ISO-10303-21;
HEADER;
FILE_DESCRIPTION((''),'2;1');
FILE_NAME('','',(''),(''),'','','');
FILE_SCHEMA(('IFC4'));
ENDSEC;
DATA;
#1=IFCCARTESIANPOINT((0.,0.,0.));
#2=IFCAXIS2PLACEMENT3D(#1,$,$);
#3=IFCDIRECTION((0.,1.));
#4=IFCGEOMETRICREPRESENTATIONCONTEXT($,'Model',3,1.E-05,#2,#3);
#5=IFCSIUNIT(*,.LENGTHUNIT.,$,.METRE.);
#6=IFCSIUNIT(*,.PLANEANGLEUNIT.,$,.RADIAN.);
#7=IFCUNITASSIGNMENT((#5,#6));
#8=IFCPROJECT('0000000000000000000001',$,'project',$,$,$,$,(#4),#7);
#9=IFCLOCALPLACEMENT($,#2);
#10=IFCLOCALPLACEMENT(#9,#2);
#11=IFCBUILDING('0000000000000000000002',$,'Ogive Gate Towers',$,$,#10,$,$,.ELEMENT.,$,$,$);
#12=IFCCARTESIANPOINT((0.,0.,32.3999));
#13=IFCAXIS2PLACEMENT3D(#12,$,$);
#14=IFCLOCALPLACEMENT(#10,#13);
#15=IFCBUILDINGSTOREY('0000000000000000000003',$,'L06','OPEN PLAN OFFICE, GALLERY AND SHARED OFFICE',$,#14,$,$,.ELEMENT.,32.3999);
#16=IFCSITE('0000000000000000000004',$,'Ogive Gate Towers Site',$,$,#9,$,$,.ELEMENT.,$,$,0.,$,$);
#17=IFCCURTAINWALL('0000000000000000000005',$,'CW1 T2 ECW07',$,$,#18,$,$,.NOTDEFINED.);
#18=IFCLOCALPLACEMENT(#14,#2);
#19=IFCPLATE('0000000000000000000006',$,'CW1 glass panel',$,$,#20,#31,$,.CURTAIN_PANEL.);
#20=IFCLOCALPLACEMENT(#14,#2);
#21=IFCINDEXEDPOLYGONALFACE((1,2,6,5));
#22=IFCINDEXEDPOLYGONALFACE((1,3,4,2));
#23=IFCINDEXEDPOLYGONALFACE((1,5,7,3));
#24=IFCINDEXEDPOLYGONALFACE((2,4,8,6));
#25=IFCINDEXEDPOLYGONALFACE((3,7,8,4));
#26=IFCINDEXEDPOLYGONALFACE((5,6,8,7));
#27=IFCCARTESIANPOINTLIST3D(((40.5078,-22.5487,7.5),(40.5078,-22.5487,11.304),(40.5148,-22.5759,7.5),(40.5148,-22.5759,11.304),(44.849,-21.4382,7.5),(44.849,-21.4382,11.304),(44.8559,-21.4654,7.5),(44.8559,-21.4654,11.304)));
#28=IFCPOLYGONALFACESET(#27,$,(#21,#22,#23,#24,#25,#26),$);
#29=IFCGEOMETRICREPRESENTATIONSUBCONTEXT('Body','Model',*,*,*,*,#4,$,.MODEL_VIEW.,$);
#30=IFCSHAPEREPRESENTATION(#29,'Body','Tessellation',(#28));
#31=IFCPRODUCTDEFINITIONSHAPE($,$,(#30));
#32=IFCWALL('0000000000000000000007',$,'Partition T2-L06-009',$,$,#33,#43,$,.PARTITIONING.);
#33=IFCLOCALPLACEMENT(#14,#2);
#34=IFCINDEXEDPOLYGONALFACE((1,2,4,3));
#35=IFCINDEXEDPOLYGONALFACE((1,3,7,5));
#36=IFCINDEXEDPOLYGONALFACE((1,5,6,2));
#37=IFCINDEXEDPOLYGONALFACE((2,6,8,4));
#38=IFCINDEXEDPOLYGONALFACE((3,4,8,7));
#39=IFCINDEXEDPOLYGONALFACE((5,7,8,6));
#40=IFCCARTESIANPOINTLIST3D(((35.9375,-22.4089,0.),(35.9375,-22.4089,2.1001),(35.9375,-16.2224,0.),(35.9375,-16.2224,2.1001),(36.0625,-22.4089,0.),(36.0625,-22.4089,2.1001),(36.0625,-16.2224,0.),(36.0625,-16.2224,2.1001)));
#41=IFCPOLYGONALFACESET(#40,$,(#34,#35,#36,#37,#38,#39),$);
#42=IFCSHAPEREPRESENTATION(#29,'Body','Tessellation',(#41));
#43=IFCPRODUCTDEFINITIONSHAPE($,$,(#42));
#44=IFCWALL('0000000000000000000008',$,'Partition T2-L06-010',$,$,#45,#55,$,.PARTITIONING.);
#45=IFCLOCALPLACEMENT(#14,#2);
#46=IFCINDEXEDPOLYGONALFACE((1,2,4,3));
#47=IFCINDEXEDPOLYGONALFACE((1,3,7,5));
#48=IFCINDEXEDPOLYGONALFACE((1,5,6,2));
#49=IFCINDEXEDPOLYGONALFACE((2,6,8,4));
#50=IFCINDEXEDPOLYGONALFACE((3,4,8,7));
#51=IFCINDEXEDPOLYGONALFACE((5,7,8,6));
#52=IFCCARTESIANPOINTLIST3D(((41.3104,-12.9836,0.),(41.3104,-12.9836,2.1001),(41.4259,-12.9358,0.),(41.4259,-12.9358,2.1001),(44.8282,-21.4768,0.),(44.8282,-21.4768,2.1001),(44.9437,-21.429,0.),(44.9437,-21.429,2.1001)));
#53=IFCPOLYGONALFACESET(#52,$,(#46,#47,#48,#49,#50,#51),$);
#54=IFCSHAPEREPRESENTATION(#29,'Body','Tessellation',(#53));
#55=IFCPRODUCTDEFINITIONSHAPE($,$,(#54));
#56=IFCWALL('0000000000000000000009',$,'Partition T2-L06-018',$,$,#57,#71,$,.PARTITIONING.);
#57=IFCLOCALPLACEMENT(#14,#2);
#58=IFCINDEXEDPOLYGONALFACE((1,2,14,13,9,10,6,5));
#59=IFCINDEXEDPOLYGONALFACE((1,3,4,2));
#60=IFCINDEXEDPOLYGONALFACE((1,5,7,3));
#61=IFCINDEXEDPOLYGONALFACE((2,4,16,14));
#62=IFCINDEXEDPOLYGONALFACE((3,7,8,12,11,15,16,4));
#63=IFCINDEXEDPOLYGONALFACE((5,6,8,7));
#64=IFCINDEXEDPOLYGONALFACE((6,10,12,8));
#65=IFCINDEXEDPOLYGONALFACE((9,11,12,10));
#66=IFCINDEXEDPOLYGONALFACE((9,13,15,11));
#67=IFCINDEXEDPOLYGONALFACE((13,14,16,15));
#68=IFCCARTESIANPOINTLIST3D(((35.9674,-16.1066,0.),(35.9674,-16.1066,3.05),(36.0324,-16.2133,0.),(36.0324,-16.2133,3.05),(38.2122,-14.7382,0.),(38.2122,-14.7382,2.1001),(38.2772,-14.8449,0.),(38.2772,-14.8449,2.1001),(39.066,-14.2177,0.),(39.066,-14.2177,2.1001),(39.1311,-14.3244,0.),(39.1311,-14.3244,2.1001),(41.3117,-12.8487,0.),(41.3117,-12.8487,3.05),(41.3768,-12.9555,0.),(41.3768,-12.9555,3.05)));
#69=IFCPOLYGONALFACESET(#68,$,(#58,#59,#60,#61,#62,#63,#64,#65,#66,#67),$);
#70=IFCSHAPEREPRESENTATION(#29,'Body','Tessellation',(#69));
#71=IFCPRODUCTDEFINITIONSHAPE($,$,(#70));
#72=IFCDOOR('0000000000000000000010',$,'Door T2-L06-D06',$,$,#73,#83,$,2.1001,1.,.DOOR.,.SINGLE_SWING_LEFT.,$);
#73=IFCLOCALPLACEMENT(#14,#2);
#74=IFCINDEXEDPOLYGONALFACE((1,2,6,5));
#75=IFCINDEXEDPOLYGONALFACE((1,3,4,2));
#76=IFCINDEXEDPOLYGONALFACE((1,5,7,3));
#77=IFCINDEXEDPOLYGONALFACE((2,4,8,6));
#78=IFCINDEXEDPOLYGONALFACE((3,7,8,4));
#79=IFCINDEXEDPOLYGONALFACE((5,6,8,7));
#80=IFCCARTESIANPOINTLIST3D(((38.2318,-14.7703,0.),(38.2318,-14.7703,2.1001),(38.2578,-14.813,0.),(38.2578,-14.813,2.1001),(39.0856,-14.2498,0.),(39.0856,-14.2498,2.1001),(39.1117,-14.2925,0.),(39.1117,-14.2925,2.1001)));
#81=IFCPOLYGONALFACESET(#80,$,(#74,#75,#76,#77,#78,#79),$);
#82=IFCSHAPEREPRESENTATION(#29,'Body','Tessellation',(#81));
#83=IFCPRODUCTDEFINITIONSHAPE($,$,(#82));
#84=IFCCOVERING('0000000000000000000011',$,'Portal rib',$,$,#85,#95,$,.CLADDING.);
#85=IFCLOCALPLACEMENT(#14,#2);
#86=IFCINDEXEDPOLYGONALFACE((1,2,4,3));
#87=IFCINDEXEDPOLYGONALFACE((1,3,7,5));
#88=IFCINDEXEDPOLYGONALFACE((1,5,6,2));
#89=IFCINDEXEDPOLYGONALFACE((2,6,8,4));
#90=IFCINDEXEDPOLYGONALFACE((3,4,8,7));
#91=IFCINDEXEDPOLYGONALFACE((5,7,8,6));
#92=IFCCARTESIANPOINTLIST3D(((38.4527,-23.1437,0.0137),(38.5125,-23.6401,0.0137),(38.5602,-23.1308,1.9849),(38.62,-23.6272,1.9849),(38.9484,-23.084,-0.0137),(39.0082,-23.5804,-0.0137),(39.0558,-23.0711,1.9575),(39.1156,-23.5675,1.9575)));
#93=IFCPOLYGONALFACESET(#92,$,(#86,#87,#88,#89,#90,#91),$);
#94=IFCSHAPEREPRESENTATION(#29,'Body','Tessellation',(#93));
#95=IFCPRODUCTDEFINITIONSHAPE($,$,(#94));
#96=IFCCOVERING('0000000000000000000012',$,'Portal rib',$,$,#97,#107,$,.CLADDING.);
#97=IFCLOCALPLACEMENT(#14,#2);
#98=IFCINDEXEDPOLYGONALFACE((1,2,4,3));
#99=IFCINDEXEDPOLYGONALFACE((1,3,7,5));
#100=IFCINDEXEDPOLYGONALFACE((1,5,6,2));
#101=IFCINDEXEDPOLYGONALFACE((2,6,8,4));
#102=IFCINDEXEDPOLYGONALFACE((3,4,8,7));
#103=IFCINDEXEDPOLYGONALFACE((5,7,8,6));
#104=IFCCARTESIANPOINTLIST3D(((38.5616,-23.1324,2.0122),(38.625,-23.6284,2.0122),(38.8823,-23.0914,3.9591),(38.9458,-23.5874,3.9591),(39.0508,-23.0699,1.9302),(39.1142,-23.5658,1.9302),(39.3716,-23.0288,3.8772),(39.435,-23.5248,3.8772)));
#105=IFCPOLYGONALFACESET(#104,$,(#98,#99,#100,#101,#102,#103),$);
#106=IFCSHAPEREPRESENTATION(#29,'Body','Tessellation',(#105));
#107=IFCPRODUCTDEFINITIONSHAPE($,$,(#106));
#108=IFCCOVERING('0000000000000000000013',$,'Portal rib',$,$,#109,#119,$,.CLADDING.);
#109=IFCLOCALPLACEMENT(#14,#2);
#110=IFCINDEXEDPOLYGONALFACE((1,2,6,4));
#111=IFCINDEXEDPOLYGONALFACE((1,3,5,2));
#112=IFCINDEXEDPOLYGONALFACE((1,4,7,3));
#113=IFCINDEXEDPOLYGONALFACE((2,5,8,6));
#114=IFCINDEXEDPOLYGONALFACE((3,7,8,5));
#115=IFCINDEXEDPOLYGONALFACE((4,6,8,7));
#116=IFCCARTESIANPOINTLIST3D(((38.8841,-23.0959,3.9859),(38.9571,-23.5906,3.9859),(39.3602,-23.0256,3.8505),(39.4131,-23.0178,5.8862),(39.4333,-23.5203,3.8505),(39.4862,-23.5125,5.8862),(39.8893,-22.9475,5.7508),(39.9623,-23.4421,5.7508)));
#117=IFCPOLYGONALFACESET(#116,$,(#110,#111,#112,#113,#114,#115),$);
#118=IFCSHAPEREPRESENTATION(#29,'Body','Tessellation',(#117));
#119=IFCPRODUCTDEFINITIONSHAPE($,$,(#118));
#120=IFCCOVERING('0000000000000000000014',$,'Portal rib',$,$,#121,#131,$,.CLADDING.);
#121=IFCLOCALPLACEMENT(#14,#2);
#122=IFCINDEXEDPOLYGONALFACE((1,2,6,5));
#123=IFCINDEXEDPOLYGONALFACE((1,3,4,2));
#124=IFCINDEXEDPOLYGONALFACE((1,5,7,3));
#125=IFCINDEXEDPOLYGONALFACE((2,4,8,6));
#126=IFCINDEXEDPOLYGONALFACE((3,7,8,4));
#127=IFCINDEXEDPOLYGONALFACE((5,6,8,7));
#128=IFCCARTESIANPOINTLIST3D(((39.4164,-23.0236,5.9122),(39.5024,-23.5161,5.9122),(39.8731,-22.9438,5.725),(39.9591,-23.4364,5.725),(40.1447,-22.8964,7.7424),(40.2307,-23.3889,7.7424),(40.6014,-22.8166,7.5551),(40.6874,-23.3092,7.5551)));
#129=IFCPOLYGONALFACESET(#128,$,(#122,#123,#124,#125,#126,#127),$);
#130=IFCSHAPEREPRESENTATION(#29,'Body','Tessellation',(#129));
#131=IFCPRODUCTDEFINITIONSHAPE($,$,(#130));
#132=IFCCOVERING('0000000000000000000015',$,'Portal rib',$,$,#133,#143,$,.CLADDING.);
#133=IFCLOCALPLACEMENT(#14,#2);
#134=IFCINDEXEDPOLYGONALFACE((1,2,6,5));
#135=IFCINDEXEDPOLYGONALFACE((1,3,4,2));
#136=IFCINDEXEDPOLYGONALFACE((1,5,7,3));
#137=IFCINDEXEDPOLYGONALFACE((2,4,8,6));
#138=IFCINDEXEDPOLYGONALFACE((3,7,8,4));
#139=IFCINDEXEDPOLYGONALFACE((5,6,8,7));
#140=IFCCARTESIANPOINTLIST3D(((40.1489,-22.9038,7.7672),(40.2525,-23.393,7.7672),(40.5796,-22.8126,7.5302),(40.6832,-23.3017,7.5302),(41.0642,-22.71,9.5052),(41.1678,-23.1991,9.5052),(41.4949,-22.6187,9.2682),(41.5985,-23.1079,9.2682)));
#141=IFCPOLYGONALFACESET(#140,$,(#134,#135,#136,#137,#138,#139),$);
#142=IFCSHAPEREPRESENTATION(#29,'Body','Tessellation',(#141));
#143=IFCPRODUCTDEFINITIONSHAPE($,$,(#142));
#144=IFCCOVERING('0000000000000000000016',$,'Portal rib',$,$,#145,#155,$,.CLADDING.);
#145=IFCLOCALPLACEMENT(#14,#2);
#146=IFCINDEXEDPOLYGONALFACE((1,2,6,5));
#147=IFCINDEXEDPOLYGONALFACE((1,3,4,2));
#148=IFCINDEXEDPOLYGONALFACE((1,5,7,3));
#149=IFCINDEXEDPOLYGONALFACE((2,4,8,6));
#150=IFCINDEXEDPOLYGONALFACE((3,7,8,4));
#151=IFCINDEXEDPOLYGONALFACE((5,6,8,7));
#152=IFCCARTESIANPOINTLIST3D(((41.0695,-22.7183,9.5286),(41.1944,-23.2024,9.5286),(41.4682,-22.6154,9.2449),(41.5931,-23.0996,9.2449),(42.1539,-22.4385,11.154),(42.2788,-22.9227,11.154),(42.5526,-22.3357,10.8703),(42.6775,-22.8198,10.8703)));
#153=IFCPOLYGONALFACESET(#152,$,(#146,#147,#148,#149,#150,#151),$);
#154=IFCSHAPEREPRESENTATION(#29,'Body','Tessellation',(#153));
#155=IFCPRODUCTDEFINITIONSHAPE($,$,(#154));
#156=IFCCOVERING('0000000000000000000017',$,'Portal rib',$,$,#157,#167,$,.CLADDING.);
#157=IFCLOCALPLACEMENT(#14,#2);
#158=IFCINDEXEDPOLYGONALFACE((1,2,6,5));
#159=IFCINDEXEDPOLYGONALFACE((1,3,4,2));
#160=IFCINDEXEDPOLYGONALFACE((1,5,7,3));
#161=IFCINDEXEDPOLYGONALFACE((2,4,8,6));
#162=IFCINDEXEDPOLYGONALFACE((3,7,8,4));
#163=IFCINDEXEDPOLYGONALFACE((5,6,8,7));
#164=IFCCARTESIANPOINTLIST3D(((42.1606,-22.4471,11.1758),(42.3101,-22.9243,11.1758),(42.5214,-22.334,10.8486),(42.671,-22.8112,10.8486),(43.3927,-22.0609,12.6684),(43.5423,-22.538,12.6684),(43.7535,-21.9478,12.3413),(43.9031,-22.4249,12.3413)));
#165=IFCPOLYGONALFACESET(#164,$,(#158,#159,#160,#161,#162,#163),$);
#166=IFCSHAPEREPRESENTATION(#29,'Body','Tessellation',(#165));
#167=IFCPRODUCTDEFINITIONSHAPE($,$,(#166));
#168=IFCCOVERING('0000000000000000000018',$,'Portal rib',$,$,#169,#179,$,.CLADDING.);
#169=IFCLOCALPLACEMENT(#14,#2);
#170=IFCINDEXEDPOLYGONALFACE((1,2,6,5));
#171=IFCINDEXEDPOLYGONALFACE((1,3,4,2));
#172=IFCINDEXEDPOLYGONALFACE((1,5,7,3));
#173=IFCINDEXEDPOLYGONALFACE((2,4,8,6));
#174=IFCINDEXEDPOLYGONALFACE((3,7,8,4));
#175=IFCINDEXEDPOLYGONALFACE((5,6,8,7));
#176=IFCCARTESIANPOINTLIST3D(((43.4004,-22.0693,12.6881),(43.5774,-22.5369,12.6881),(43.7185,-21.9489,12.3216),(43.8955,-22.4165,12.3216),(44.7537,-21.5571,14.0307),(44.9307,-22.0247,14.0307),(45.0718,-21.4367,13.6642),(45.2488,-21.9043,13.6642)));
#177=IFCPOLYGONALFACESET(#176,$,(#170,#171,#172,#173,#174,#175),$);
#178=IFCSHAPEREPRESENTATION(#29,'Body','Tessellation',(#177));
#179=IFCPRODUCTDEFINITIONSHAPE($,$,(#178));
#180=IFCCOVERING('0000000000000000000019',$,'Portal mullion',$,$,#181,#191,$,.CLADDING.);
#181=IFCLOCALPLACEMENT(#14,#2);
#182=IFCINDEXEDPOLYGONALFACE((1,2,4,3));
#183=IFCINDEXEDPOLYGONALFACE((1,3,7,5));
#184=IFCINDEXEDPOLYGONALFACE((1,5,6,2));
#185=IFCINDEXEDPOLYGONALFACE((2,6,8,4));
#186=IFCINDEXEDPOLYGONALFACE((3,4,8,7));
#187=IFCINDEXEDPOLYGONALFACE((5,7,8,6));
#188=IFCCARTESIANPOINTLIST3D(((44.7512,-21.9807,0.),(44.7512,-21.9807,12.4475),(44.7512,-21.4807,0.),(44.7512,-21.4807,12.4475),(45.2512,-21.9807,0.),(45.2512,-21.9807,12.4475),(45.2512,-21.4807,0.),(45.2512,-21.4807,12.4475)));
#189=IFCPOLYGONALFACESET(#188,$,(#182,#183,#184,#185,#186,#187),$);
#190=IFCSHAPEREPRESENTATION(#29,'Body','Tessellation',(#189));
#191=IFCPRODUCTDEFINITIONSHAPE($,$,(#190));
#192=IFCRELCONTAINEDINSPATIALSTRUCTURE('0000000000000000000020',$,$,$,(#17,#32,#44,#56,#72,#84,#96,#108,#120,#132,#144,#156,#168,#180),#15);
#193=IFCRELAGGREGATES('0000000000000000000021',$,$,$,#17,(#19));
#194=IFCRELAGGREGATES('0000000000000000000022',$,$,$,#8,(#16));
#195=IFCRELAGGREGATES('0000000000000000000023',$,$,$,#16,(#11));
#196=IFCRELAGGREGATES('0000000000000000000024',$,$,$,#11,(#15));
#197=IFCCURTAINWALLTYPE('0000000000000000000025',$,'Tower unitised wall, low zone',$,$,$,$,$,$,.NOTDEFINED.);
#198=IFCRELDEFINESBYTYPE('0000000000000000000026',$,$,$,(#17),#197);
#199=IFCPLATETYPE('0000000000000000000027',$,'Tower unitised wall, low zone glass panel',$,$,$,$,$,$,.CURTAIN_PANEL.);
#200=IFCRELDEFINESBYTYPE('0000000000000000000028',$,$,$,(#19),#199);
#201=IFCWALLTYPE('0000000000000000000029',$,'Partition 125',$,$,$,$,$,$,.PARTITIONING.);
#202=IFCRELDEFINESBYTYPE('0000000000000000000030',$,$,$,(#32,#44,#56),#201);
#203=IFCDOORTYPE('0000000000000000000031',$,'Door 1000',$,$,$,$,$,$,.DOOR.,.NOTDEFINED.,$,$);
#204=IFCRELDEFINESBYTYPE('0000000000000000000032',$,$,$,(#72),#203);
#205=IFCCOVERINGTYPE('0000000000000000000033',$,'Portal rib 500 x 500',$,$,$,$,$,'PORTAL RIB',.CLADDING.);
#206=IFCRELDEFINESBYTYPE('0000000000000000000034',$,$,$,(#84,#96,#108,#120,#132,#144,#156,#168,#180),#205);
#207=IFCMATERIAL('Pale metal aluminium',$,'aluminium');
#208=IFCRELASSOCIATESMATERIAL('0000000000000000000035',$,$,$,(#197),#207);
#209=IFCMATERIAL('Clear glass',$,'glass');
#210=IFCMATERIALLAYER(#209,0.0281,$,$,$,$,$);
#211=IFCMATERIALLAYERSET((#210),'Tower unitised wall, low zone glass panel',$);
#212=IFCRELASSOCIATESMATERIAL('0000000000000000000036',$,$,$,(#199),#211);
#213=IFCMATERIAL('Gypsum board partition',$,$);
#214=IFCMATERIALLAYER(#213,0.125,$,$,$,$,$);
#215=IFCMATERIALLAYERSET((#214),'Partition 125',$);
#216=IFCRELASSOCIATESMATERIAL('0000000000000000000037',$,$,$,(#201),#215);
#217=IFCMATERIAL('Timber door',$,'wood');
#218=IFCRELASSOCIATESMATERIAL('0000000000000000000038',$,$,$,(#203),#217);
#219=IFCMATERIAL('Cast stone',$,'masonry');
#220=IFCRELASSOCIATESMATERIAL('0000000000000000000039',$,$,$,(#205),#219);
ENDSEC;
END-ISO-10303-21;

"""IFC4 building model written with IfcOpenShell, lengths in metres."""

from ifc_helpers import new_model, si_unit, direction, frame, frame_2d, origin, origin_2d, place, context, subcontext, project, spatial, rectangle, extrude, material, layer, layer_set, material_profile, profile_set, type_object, element, fill, aggregate, save


model = new_model("IFC4")

# Units and contexts
model_context = context("Model", 3, precision=1e-05, world=origin(), true_north=direction((0.0, 1.0)))
body_context = subcontext(model_context, "Body", "Model", "MODEL_VIEW")
ifc_project = project(units=[si_unit("LENGTHUNIT", "METRE"), si_unit("PLANEANGLEUNIT", "RADIAN")], contexts=[model_context])

# Site, building, storey
site_placement = place(None, origin())
site = spatial("IfcSite", under=ifc_project, at=site_placement, Name="Ogive Gate Towers Site", CompositionType="ELEMENT", RefElevation=0.0)
building_placement = place(site_placement, origin())
building = spatial("IfcBuilding", under=site, at=building_placement, Name="Ogive Gate Towers", CompositionType="ELEMENT")
storey_placement = place(building_placement, frame((0.0, 0.0, 32.3999)))
storey = spatial("IfcBuildingStorey", under=building, at=storey_placement, Name="L06", Description="OPEN PLAN OFFICE, GALLERY AND SHARED OFFICE", CompositionType="ELEMENT", Elevation=32.3999)

# Curtain wall, plate
ifc_material_1 = material(Name="Pale metal aluminium", Category="aluminium")
curtain_wall_type = type_object("IfcCurtainWallType", Name="Tower unitised wall, low zone", PredefinedType="NOTDEFINED", material=ifc_material_1)
curtain_wall_placement = place(storey_placement, origin())
curtain_wall = element("IfcCurtainWall", 1, at=curtain_wall_placement, inside=storey, type_object=curtain_wall_type, Name="CW1 T2 ECW07", PredefinedType="NOTDEFINED")
ifc_material_2 = material(Name="Clear glass", Category="glass")
ifc_layer_1 = layer(ifc_material_2, 0.0281)
ifc_layer_set_1 = layer_set([ifc_layer_1], Name="Tower unitised wall, low zone glass panel")
plate_type = type_object("IfcPlateType", Name="Tower unitised wall, low zone glass panel", PredefinedType="CURTAIN_PANEL", material=ifc_layer_set_1)
plate_1_placement = place(storey_placement, frame((42.6819, -22.0071, 7.5), z_axis=(0.0, 0.0, 1.0), x_axis=(0.968804, 0.247828, 0.0)))
plate_1 = element("IfcPlate", 2, at=plate_1_placement, type_object=plate_type, Name="CW1 glass panel", PredefinedType="CURTAIN_PANEL", context=body_context, shape_type="SweptSolid", body=[
    extrude(rectangle(XDim=4.481, YDim=0.0281, at=origin_2d()), origin(), (0.0, 0.0, 1.0), 3.804),
])
aggregate(curtain_wall, [plate_1])

# Walls
ifc_material_3 = material(Name="Gypsum board partition")
ifc_layer_2 = layer(ifc_material_3, 0.125)
ifc_layer_set_2 = layer_set([ifc_layer_2], Name="Partition 125")
wall_type = type_object("IfcWallType", Name="Partition 125", PredefinedType="PARTITIONING", material=ifc_layer_set_2)
wall_1_placement = place(storey_placement, frame((36.0, -22.4089, 0.0), z_axis=(0.0, 0.0, 1.0), x_axis=(0.0, 1.0, 0.0)))
element("IfcWall", 3, at=wall_1_placement, inside=storey, type_object=wall_type, Name="Partition T2-L06-009", PredefinedType="PARTITIONING", context=body_context, shape_type="SweptSolid", body=[
    extrude(rectangle(XDim=6.1865, YDim=0.125, at=frame_2d((3.0933, 0.0))), origin(), (0.0, 0.0, 1.0), 2.1001),
])
wall_2_placement = place(storey_placement, frame((44.886, -21.4529, 0.0), z_axis=(0.0, 0.0, 1.0), x_axis=(-0.382668, 0.923886, 0.0)))
element("IfcWall", 4, at=wall_2_placement, inside=storey, type_object=wall_type, Name="Partition T2-L06-010", PredefinedType="PARTITIONING", context=body_context, shape_type="SweptSolid", body=[
    extrude(rectangle(XDim=9.1929, YDim=0.125, at=frame_2d((4.5964, 0.0))), origin(), (0.0, 0.0, 1.0), 2.1001),
])

# Wall, opening, door
wall_3_placement = place(storey_placement, frame((36.0, -16.1599, 0.0), z_axis=(0.0, 0.0, 1.0), x_axis=(0.853858, 0.520506, 0.0)))
wall_3 = element("IfcWall", 5, at=wall_3_placement, inside=storey, type_object=wall_type, Name="Partition T2-L06-018", PredefinedType="PARTITIONING", context=body_context, shape_type="SweptSolid", body=[
    extrude(rectangle(XDim=6.259, YDim=0.125, at=frame_2d((3.1294, 0.0))), origin(), (0.0, 0.0, 1.0), 3.05),
])
opening_placement = place(wall_3_placement, frame((2.6289, 0.0, 0.0)))
opening = element("IfcOpeningElement", 6, at=opening_placement, cuts=wall_3, PredefinedType="OPENING", context=body_context, shape_type="SweptSolid", body=[
    extrude(rectangle(XDim=1.0, YDim=2.1001, at=frame_2d((0.5, 1.05))), frame((0.0, 0.0725, 0.0), z_axis=(0.0, -1.0, 0.0), x_axis=(1.0, 0.0, 0.0)), (0.0, 0.0, 1.0), 0.145),
])
ifc_material_4 = material(Name="Timber door", Category="wood")
door_type = type_object("IfcDoorType", Name="Door 1000", OperationType="NOTDEFINED", PredefinedType="DOOR", material=ifc_material_4)
door_placement = place(opening_placement, origin())
door = element("IfcDoor", 7, at=door_placement, inside=storey, type_object=door_type, Name="Door T2-L06-D06", OperationType="SINGLE_SWING_LEFT", OverallHeight=2.1001, OverallWidth=1.0, PredefinedType="DOOR", context=body_context, shape_type="SweptSolid", body=[
    extrude(rectangle(XDim=1.0, YDim=2.1001, at=frame_2d((0.5, 1.05))), frame((0.0, 0.0249, 0.0), z_axis=(0.0, -1.0, 0.0), x_axis=(1.0, 0.0, 0.0)), (0.0, 0.0, 1.0), 0.05),
])
fill(opening, door)

# Coverings
ifc_material_5 = material(Name="Cast stone", Category="masonry")
ifc_material_profile_1 = material_profile(ifc_material_5, rectangle(XDim=0.5, YDim=0.5, at=origin_2d()), Name="500 x 500 cast stone")
ifc_profile_set_1 = profile_set([ifc_material_profile_1], Name="Cast stone")
covering_type = type_object("IfcCoveringType", Name="Portal rib 500 x 500", ElementType="PORTAL RIB", PredefinedType="CLADDING", material=ifc_profile_set_1)
covering_1_placement = place(storey_placement, frame((38.7305, -23.3621, 0.0), z_axis=(0.054414, 0.006554, 0.998497), x_axis=(-0.11959, 0.992823, 0.0)))
element("IfcCovering", 8, at=covering_1_placement, inside=storey, type_object=covering_type, Name="Portal rib", PredefinedType="CLADDING", context=body_context, shape_type="SweptSolid", body=[
    extrude(rectangle(XDim=0.5, YDim=0.5, at=origin_2d()), origin(), (0.0, 0.0, 1.0), 1.9741),
])
covering_2_placement = place(storey_placement, frame((38.8379, -23.3491, 1.9712), z_axis=(0.162538, 0.020781, 0.986483), x_axis=(-0.126822, 0.991926, 0.0)))
element("IfcCovering", 9, at=covering_2_placement, inside=storey, type_object=covering_type, Name="Portal rib", PredefinedType="CLADDING", context=body_context, shape_type="SweptSolid", body=[
    extrude(rectangle(XDim=0.5, YDim=0.5, at=origin_2d()), origin(), (0.0, 0.0, 1.0), 1.9736),
])
covering_3_placement = place(storey_placement, frame((39.1587, -23.3081, 3.9182), z_axis=(0.267983, 0.039573, 0.962611), x_axis=(-0.146085, 0.989272, 0.0)))
element("IfcCovering", 10, at=covering_3_placement, inside=storey, type_object=covering_type, Name="Portal rib", PredefinedType="CLADDING", context=body_context, shape_type="SweptSolid", body=[
    extrude(rectangle(XDim=0.5, YDim=0.5, at=origin_2d()), origin(), (0.0, 0.0, 1.0), 1.9741),
])
for number, where, z_axis, x_axis, name in (
    (11, (39.6877, -23.23, 5.8186), (0.368976, 0.064444, 0.927202), (-0.172052, 0.985088, 0.0), "Portal rib"),
    (12, (40.416, -23.1028, 7.6487), (0.463704, 0.098208, 0.88053), (-0.207194, 0.9783, 0.0), "Portal rib"),
    (13, (41.3313, -22.9089, 9.3867), (0.549386, 0.141737, 0.82346), (-0.249812, 0.968294, 0.0), "Portal rib"),
):
    element("IfcCovering", number, at=place(storey_placement, frame(where, z_axis=z_axis, x_axis=x_axis)), inside=storey, type_object=covering_type, Name=name, PredefinedType="CLADDING", context=body_context, shape_type="SweptSolid", body=[
        extrude(rectangle(XDim=0.5, YDim=0.5, at=origin_2d()), origin(), (0.0, 0.0, 1.0), 1.9739),
    ])
covering_4_placement = place(storey_placement, frame((42.4158, -22.6292, 11.0122), z_axis=(0.624296, 0.195688, 0.756281), x_axis=(-0.299104, 0.954221, 0.0)))
element("IfcCovering", 14, at=covering_4_placement, inside=storey, type_object=covering_type, Name="Portal rib", PredefinedType="CLADDING", context=body_context, shape_type="SweptSolid", body=[
    extrude(rectangle(XDim=0.5, YDim=0.5, at=origin_2d()), origin(), (0.0, 0.0, 1.0), 1.9736),
])
covering_5_placement = place(storey_placement, frame((43.6479, -22.2429, 12.5049), z_axis=(0.6856, 0.259496, 0.680158), x_axis=(-0.353988, 0.93525, 0.0)))
element("IfcCovering", 15, at=covering_5_placement, inside=storey, type_object=covering_type, Name="Portal rib", PredefinedType="CLADDING", context=body_context, shape_type="SweptSolid", body=[
    extrude(rectangle(XDim=0.5, YDim=0.5, at=origin_2d()), origin(), (0.0, 0.0, 1.0), 1.9739),
])
covering_6_placement = place(storey_placement, frame((45.0012, -21.7307, 0.0), z_axis=(0.0, 0.0, 1.0), x_axis=(1.0, 0.0, 0.0)))
element("IfcCovering", 16, at=covering_6_placement, inside=storey, type_object=covering_type, Name="Portal mullion", PredefinedType="CLADDING", context=body_context, shape_type="SweptSolid", body=[
    extrude(rectangle(XDim=0.5, YDim=0.5, at=origin_2d()), origin(), (0.0, 0.0, 1.0), 12.4475),
])

save(model, "model.ifc")
